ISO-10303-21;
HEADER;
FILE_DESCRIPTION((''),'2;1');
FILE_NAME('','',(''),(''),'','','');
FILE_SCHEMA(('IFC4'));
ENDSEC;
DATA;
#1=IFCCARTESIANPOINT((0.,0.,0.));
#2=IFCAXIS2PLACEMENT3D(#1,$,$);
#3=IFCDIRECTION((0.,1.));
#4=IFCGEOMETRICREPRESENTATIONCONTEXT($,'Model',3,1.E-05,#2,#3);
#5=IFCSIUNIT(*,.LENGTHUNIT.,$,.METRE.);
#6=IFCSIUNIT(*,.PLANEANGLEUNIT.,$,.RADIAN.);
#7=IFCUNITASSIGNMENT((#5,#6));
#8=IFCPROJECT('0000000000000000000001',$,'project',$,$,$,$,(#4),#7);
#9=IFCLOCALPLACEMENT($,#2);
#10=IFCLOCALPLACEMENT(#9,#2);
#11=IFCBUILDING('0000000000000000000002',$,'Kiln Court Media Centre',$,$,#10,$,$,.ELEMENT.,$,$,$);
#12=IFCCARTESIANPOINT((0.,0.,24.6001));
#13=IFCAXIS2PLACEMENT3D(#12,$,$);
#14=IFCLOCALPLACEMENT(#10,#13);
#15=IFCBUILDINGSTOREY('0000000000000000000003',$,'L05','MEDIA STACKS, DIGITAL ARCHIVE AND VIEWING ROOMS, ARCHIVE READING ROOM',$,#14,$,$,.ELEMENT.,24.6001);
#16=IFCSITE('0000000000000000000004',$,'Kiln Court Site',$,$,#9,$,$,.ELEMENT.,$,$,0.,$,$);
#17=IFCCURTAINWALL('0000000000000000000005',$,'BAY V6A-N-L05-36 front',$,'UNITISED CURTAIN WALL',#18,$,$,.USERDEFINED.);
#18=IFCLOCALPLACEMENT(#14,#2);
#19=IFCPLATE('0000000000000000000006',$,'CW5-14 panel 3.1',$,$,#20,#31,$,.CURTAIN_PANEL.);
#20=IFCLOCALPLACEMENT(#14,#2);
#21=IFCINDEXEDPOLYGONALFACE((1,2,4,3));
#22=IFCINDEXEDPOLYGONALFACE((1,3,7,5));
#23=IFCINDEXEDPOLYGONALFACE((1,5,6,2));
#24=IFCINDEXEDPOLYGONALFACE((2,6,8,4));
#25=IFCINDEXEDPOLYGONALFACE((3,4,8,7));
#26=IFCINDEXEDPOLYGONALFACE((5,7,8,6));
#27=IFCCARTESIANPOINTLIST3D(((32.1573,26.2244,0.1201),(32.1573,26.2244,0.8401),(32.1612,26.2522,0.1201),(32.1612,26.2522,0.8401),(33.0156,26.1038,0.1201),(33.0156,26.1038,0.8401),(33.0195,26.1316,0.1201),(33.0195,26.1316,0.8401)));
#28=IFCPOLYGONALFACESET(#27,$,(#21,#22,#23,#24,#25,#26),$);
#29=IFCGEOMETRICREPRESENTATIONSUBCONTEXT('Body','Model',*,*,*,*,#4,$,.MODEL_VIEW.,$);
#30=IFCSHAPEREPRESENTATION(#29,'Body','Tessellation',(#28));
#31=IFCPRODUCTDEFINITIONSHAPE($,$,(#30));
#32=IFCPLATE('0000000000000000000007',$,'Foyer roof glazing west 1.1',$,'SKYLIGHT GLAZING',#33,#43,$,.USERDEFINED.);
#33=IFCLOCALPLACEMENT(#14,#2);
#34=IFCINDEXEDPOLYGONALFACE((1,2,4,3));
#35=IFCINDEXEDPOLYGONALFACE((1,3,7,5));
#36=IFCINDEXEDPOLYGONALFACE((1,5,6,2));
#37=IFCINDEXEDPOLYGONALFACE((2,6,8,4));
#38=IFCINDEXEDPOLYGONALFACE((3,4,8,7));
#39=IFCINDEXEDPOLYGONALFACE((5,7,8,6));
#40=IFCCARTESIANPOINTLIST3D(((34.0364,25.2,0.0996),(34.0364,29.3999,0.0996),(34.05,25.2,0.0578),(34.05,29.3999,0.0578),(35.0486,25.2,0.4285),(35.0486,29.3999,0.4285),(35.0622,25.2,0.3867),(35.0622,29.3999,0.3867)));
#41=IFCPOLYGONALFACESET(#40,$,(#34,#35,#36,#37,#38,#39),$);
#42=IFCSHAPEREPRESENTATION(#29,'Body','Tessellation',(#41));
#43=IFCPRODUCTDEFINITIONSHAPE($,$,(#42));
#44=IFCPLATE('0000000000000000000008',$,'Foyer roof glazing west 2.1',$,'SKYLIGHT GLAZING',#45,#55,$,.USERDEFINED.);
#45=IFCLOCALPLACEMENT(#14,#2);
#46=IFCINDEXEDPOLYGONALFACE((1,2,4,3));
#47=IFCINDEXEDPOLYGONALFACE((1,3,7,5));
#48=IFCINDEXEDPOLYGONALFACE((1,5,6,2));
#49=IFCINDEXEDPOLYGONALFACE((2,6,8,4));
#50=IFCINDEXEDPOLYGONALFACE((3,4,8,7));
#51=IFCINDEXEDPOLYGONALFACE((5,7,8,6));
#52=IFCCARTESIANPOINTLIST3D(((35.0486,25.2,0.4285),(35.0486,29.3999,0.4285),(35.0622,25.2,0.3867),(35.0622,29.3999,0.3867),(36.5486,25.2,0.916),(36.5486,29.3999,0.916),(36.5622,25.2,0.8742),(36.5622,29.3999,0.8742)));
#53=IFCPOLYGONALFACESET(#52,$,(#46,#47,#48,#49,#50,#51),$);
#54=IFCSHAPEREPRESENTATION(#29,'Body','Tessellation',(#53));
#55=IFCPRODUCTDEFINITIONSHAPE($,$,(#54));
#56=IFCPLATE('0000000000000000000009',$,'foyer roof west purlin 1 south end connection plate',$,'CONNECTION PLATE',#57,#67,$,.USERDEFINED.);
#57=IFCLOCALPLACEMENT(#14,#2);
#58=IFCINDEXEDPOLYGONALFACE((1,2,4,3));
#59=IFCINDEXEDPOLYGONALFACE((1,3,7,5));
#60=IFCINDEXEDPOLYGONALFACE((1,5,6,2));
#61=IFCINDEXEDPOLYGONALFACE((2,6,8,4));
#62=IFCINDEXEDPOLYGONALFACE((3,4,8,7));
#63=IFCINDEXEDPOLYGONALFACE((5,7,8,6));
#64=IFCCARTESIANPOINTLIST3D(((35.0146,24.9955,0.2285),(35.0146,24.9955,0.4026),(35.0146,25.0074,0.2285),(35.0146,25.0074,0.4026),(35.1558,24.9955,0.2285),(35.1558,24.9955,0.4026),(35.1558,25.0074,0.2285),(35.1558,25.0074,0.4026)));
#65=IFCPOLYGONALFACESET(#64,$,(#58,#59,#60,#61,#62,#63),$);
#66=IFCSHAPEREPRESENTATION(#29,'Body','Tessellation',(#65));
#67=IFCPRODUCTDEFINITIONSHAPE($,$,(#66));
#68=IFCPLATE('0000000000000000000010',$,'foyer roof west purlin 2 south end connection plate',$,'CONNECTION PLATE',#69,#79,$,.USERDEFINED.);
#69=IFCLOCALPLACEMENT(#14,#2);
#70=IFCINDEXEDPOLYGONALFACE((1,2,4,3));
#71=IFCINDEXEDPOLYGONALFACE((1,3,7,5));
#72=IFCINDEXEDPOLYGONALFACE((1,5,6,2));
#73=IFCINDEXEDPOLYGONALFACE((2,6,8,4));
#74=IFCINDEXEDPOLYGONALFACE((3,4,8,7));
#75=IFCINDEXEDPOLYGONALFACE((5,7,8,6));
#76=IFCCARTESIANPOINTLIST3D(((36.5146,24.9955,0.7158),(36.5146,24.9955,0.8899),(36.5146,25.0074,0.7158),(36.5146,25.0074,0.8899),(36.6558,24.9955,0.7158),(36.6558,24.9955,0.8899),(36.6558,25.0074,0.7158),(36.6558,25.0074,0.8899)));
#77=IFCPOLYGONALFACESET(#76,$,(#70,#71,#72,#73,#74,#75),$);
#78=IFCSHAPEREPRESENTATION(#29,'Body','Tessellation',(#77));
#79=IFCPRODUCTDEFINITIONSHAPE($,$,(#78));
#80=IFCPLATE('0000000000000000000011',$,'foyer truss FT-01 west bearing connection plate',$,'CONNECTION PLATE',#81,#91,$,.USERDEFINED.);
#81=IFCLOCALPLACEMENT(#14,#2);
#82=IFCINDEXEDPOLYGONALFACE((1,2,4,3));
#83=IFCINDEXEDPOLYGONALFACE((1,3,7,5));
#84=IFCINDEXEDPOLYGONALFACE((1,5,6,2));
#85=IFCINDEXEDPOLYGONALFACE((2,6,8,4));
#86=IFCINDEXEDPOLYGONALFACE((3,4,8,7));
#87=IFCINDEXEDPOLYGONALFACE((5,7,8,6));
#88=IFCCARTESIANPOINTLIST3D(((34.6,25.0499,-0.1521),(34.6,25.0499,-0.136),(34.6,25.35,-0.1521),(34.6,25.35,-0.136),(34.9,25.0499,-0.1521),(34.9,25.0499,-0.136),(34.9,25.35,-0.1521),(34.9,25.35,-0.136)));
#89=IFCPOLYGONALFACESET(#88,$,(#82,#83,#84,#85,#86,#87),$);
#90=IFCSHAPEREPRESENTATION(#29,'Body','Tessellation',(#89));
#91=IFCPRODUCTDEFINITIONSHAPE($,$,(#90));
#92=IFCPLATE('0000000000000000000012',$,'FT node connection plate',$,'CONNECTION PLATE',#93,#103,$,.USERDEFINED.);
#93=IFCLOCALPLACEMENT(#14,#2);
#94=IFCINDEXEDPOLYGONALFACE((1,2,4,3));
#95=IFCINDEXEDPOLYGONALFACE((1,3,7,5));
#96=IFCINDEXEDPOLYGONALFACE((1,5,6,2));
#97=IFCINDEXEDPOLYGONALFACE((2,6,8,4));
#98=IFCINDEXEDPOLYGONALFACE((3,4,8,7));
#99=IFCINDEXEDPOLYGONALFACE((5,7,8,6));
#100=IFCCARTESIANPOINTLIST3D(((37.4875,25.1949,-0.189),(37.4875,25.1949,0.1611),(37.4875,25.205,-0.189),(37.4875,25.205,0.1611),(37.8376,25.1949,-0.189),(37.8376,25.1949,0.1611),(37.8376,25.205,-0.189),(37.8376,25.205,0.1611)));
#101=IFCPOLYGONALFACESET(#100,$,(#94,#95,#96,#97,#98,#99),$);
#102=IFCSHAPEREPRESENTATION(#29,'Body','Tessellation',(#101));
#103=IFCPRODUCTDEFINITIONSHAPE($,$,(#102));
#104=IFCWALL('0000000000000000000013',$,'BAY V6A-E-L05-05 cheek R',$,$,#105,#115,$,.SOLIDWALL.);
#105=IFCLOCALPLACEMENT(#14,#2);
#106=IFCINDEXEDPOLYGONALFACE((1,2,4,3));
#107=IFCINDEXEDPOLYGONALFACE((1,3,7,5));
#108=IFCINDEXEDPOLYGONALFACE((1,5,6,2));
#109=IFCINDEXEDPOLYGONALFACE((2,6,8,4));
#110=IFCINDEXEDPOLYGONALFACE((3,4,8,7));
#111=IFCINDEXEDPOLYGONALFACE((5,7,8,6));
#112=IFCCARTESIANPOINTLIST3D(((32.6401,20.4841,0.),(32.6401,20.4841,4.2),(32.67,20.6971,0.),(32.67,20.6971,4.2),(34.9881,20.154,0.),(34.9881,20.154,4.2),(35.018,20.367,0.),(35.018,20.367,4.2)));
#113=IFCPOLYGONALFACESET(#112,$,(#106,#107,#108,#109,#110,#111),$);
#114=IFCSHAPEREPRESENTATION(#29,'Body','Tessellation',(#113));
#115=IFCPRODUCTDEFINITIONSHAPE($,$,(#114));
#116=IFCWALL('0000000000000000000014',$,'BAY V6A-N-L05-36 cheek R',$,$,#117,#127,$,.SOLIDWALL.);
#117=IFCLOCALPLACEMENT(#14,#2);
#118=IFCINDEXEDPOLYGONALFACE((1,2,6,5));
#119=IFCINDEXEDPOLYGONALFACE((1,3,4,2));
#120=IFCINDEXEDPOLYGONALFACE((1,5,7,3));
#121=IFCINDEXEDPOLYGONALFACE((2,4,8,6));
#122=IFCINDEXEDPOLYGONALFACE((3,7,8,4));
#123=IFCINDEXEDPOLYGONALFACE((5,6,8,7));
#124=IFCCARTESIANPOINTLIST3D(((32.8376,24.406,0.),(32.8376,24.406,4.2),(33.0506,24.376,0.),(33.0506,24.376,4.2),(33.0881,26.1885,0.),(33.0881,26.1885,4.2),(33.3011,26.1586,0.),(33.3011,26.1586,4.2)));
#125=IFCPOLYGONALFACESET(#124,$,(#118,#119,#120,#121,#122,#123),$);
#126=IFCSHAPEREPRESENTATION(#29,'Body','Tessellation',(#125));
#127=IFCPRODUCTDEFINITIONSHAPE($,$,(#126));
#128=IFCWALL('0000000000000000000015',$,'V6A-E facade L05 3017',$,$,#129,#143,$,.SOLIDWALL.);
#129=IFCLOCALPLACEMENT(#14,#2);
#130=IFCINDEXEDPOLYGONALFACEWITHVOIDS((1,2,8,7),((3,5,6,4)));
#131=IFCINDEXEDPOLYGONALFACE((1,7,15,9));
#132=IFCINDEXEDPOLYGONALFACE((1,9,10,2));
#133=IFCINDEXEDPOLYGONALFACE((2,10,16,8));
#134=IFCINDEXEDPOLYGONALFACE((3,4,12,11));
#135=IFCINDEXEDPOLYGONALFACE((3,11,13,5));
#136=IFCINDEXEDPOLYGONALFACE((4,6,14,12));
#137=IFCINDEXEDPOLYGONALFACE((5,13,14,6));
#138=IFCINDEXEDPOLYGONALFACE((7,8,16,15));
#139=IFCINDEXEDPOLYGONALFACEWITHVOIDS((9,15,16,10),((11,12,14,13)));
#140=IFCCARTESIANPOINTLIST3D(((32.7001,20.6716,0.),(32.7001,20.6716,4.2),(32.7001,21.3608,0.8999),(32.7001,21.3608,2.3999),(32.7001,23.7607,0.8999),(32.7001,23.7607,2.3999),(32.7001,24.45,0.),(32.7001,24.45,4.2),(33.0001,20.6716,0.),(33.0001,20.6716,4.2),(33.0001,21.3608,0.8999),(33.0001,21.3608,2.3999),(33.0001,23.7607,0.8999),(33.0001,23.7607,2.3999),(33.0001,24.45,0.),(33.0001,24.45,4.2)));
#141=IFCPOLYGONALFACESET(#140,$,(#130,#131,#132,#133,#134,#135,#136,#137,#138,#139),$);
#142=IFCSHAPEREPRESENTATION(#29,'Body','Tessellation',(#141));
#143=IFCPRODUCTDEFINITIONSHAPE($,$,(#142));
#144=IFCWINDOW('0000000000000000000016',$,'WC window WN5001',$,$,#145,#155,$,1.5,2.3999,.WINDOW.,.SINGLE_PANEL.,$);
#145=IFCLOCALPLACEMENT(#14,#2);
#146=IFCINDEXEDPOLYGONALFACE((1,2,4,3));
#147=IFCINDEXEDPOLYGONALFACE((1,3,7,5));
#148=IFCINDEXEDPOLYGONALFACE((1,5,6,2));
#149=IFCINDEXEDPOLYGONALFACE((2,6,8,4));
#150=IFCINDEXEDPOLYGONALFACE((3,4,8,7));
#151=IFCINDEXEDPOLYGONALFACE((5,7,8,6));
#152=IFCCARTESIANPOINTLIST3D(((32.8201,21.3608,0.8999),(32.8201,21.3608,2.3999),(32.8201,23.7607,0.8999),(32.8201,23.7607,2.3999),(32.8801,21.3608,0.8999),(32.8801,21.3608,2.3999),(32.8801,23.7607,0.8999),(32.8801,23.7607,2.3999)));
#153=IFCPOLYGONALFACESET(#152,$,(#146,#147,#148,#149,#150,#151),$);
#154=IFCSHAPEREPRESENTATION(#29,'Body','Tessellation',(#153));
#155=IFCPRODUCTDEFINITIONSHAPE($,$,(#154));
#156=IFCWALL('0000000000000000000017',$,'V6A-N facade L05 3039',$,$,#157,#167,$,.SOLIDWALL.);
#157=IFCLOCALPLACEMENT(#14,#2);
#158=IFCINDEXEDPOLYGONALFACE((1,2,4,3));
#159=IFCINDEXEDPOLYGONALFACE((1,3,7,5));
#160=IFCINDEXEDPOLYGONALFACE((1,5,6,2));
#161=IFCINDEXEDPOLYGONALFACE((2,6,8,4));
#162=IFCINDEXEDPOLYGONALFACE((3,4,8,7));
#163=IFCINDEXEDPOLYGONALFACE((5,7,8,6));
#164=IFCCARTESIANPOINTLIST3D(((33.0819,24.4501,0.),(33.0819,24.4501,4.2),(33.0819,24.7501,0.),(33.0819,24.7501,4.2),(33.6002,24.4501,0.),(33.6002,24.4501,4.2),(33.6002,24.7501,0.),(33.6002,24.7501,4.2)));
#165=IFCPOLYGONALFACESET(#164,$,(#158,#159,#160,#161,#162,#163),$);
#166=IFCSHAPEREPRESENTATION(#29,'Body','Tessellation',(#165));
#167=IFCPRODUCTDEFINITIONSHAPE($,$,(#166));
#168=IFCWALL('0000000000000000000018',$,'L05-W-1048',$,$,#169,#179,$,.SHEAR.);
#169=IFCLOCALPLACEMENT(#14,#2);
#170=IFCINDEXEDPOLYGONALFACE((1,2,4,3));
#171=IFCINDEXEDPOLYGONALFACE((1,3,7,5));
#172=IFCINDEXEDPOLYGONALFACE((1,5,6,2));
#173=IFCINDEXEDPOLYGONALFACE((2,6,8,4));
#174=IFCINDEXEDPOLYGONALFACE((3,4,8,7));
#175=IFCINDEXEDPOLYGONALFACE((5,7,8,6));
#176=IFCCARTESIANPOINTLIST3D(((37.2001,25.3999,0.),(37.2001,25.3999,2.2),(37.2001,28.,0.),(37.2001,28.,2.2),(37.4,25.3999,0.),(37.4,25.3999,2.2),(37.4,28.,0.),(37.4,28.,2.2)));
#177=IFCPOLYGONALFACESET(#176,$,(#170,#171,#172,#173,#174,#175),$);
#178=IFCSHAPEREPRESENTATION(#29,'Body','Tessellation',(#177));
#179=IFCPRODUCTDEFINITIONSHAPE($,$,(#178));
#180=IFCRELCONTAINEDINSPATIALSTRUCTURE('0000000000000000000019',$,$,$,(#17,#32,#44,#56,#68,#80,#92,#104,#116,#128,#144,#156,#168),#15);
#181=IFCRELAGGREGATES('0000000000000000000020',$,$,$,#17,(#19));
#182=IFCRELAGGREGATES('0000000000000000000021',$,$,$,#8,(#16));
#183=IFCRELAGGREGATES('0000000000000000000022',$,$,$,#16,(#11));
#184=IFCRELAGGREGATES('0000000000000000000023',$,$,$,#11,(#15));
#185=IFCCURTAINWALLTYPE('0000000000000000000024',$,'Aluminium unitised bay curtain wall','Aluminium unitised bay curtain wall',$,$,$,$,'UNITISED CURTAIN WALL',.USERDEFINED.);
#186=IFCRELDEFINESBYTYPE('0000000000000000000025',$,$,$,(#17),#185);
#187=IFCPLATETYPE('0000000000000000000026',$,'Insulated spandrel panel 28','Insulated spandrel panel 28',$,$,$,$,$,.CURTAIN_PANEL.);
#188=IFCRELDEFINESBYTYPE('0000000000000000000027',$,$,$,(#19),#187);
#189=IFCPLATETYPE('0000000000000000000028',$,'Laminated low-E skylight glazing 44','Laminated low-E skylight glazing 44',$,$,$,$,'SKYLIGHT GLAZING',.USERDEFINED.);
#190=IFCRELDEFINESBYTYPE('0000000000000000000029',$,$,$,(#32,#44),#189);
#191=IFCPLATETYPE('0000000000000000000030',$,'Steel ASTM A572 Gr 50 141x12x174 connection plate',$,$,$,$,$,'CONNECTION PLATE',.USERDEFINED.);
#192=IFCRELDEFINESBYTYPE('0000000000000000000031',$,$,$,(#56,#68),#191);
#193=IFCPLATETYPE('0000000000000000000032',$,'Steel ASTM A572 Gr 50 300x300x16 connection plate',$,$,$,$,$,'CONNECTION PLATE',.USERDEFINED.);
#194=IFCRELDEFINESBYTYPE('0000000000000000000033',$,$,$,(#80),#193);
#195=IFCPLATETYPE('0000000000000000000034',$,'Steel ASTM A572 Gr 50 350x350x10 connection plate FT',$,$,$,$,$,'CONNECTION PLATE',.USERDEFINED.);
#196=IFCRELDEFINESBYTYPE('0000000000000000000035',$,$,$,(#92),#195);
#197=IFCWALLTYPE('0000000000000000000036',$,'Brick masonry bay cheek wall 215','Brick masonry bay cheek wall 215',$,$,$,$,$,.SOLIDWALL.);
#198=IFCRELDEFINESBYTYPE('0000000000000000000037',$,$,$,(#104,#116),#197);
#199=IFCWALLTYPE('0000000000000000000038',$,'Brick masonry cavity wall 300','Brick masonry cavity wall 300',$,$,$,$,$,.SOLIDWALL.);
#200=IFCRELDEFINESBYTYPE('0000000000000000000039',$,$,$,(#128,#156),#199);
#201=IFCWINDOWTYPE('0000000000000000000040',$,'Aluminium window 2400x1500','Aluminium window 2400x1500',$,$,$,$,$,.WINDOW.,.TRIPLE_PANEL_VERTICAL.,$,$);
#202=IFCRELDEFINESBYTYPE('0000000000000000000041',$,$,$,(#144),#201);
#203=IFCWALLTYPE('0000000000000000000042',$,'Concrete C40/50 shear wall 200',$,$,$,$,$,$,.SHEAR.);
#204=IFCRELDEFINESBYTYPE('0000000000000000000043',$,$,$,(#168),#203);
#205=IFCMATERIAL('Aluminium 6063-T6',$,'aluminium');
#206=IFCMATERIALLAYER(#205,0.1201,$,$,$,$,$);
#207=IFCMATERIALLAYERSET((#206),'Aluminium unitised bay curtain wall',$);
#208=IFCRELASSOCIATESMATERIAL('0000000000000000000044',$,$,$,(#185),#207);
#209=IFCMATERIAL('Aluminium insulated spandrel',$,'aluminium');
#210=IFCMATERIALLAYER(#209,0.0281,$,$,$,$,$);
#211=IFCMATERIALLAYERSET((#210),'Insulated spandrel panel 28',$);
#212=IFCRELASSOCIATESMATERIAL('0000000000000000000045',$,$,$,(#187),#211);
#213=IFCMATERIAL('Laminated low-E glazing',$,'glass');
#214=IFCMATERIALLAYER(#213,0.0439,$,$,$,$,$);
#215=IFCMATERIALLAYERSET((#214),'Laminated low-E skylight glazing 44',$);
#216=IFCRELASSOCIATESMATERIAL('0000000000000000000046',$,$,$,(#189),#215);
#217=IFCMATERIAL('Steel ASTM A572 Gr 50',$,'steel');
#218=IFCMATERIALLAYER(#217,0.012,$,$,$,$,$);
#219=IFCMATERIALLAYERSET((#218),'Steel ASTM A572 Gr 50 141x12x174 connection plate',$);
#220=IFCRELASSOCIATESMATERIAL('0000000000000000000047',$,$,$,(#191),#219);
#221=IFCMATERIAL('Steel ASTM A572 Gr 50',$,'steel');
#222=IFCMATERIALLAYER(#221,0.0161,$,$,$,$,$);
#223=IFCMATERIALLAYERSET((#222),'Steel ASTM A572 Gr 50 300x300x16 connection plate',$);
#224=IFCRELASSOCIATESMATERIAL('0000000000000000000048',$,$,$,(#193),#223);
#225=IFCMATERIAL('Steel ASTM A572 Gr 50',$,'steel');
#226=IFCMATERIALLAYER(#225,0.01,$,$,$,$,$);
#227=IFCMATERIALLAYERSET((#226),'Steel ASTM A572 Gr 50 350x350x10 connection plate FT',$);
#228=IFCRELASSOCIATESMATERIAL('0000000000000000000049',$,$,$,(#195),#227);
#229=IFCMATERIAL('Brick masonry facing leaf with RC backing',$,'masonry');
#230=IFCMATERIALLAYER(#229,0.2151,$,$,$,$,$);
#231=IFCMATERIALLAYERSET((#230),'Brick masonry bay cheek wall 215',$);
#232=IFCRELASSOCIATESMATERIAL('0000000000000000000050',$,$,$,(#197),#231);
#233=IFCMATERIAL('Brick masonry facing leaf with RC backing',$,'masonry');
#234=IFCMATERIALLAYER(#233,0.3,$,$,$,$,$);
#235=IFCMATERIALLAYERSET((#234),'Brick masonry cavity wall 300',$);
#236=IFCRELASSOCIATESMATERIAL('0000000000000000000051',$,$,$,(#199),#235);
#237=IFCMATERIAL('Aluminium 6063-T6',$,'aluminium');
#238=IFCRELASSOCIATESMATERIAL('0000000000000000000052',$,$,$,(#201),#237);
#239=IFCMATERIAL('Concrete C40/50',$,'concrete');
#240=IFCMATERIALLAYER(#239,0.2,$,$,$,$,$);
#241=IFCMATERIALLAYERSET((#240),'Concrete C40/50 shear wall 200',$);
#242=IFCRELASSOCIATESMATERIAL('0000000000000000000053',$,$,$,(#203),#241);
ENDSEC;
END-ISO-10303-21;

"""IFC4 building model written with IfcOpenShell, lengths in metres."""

from ifc_helpers import new_model, si_unit, direction, frame, frame_2d, origin, origin_2d, place, context, subcontext, project, spatial, polyline, rectangle, outline, extrude, material, layer, layer_set, type_object, element, fill, aggregate, save


model = new_model("IFC4")

# Units and contexts
model_context = context("Model", 3, precision=1e-05, world=origin(), true_north=direction((0.0, 1.0)))
body_context = subcontext(model_context, "Body", "Model", "MODEL_VIEW")
ifc_project = project(units=[si_unit("LENGTHUNIT", "METRE"), si_unit("PLANEANGLEUNIT", "RADIAN")], contexts=[model_context])

# Site, building, storey
site_placement = place(None, origin())
site = spatial("IfcSite", under=ifc_project, at=site_placement, Name="Kiln Court Site", CompositionType="ELEMENT", RefElevation=0.0)
building_placement = place(site_placement, origin())
building = spatial("IfcBuilding", under=site, at=building_placement, Name="Kiln Court Media Centre", CompositionType="ELEMENT")
storey_placement = place(building_placement, frame((0.0, 0.0, 24.6001)))
storey = spatial("IfcBuildingStorey", under=building, at=storey_placement, Name="L05", Description="MEDIA STACKS, DIGITAL ARCHIVE AND VIEWING ROOMS, ARCHIVE READING ROOM", CompositionType="ELEMENT", Elevation=24.6001)

# Curtain wall
ifc_material_1 = material(Name="Aluminium 6063-T6", Category="aluminium")
ifc_layer_1 = layer(ifc_material_1, 0.1201)
ifc_layer_set_1 = layer_set([ifc_layer_1], Name="Aluminium unitised bay curtain wall")
curtain_wall_type = type_object("IfcCurtainWallType", Name="Aluminium unitised bay curtain wall", Description="Aluminium unitised bay curtain wall", ElementType="UNITISED CURTAIN WALL", PredefinedType="USERDEFINED", material=ifc_layer_set_1)
curtain_wall_1_placement = place(storey_placement, origin())
curtain_wall_1 = element("IfcCurtainWall", 1, at=curtain_wall_1_placement, inside=storey, type_object=curtain_wall_type, Name="BAY V6A-N-L05-36 front", ObjectType="UNITISED CURTAIN WALL", PredefinedType="USERDEFINED")

# Plate
ifc_material_2 = material(Name="Aluminium insulated spandrel", Category="aluminium")
ifc_layer_2 = layer(ifc_material_2, 0.0281)
ifc_layer_set_2 = layer_set([ifc_layer_2], Name="Insulated spandrel panel 28")
plate_type_1 = type_object("IfcPlateType", Name="Insulated spandrel panel 28", Description="Insulated spandrel panel 28", PredefinedType="CURTAIN_PANEL", material=ifc_layer_set_2)
plate_1_placement = place(storey_placement, frame((32.5884, 26.178, 0.1201), z_axis=(0.0, 0.0, 1.0), x_axis=(0.99027, -0.139162, 0.0)))
plate_1 = element("IfcPlate", 2, at=plate_1_placement, type_object=plate_type_1, Name="CW5-14 panel 3.1", PredefinedType="CURTAIN_PANEL", context=body_context, shape_type="SweptSolid", body=[
    extrude(rectangle(XDim=0.8667, YDim=0.0281, at=origin_2d()), origin(), (0.0, 0.0, 1.0), 0.72),
])
aggregate(curtain_wall_1, [plate_1])

# Plates
ifc_material_3 = material(Name="Laminated low-E glazing", Category="glass")
ifc_layer_3 = layer(ifc_material_3, 0.0439)
ifc_layer_set_3 = layer_set([ifc_layer_3], Name="Laminated low-E skylight glazing 44")
plate_type_2 = type_object("IfcPlateType", Name="Laminated low-E skylight glazing 44", Description="Laminated low-E skylight glazing 44", ElementType="SKYLIGHT GLAZING", PredefinedType="USERDEFINED", material=ifc_layer_set_3)
plate_2_placement = place(storey_placement, frame((34.0364, 25.2, 0.0996), z_axis=(-0.308993, 0.0, 0.951064), x_axis=(0.951064, 0.0, 0.308993)))
element("IfcPlate", 3, at=plate_2_placement, inside=storey, type_object=plate_type_2, Name="Foyer roof glazing west 1.1", ObjectType="SKYLIGHT GLAZING", PredefinedType="USERDEFINED", context=body_context, shape_type="SweptSolid", body=[
    extrude(outline(polyline([(0.0, 0.0), (1.0643, 0.0), (1.0643, 4.2), (0.0, 4.2), (0.0, 0.0)])), origin(), (0.0, 0.0, -1.0), 0.0439),
])
plate_3_placement = place(storey_placement, frame((35.0486, 25.2, 0.4285), z_axis=(-0.309114, 0.0, 0.951025), x_axis=(0.951025, 0.0, 0.309114)))
element("IfcPlate", 4, at=plate_3_placement, inside=storey, type_object=plate_type_2, Name="Foyer roof glazing west 2.1", ObjectType="SKYLIGHT GLAZING", PredefinedType="USERDEFINED", context=body_context, shape_type="SweptSolid", body=[
    extrude(outline(polyline([(0.0, 0.0), (1.5772, 0.0), (1.5772, 4.2), (0.0, 4.2), (0.0, 0.0)])), origin(), (0.0, 0.0, -1.0), 0.0439),
])
ifc_material_4 = material(Name="Steel ASTM A572 Gr 50", Category="steel")
ifc_layer_4 = layer(ifc_material_4, 0.012)
ifc_layer_set_4 = layer_set([ifc_layer_4], Name="Steel ASTM A572 Gr 50 141x12x174 connection plate")
plate_type_3 = type_object("IfcPlateType", Name="Steel ASTM A572 Gr 50 141x12x174 connection plate", ElementType="CONNECTION PLATE", PredefinedType="USERDEFINED", material=ifc_layer_set_4)
for number, where, z_axis, x_axis, name in (
    (5, (35.0852, 25.0015, 0.2285), (0.0, 0.0, 1.0), (1.0, 0.0, 0.0), "foyer roof west purlin 1 south end connection plate"),
    (6, (36.5852, 25.0015, 0.7158), (0.0, 0.0, 1.0), (1.0, 0.0, 0.0), "foyer roof west purlin 2 south end connection plate"),
):
    element("IfcPlate", number, at=place(storey_placement, frame(where, z_axis=z_axis, x_axis=x_axis)), inside=storey, type_object=plate_type_3, Name=name, ObjectType="CONNECTION PLATE", PredefinedType="USERDEFINED", context=body_context, shape_type="SweptSolid", body=[
        extrude(rectangle(XDim=0.1411, YDim=0.012, at=origin_2d()), origin(), (0.0, 0.0, 1.0), 0.1741),
    ])
ifc_material_5 = material(Name="Steel ASTM A572 Gr 50", Category="steel")
ifc_layer_5 = layer(ifc_material_5, 0.0161)
ifc_layer_set_5 = layer_set([ifc_layer_5], Name="Steel ASTM A572 Gr 50 300x300x16 connection plate")
plate_type_4 = type_object("IfcPlateType", Name="Steel ASTM A572 Gr 50 300x300x16 connection plate", ElementType="CONNECTION PLATE", PredefinedType="USERDEFINED", material=ifc_layer_set_5)
plate_4_placement = place(storey_placement, frame((34.75, 25.2, -0.1521), z_axis=(0.0, 0.0, 1.0), x_axis=(1.0, 0.0, 0.0)))
element("IfcPlate", 7, at=plate_4_placement, inside=storey, type_object=plate_type_4, Name="foyer truss FT-01 west bearing connection plate", ObjectType="CONNECTION PLATE", PredefinedType="USERDEFINED", context=body_context, shape_type="SweptSolid", body=[
    extrude(rectangle(XDim=0.3, YDim=0.3, at=origin_2d()), origin(), (0.0, 0.0, 1.0), 0.0161),
])
ifc_material_6 = material(Name="Steel ASTM A572 Gr 50", Category="steel")
ifc_layer_6 = layer(ifc_material_6, 0.01)
ifc_layer_set_6 = layer_set([ifc_layer_6], Name="Steel ASTM A572 Gr 50 350x350x10 connection plate FT")
plate_type_5 = type_object("IfcPlateType", Name="Steel ASTM A572 Gr 50 350x350x10 connection plate FT", ElementType="CONNECTION PLATE", PredefinedType="USERDEFINED", material=ifc_layer_set_6)
plate_5_placement = place(storey_placement, frame((37.6626, 25.2, -0.189), z_axis=(0.0, 0.0, 1.0), x_axis=(1.0, 0.0, 0.0)))
element("IfcPlate", 8, at=plate_5_placement, inside=storey, type_object=plate_type_5, Name="FT node connection plate", ObjectType="CONNECTION PLATE", PredefinedType="USERDEFINED", context=body_context, shape_type="SweptSolid", body=[
    extrude(rectangle(XDim=0.3501, YDim=0.01, at=origin_2d()), origin(), (0.0, 0.0, 1.0), 0.3501),
])

# Walls
ifc_material_7 = material(Name="Brick masonry facing leaf with RC backing", Category="masonry")
ifc_layer_7 = layer(ifc_material_7, 0.2151)
ifc_layer_set_7 = layer_set([ifc_layer_7], Name="Brick masonry bay cheek wall 215")
wall_type_1 = type_object("IfcWallType", Name="Brick masonry bay cheek wall 215", Description="Brick masonry bay cheek wall 215", PredefinedType="SOLIDWALL", material=ifc_layer_set_7)
wall_1_placement = place(storey_placement, frame((32.655, 20.5906, 0.0), z_axis=(0.0, 0.0, 1.0), x_axis=(0.990262, -0.139215, 0.0)))
element("IfcWall", 9, at=wall_1_placement, inside=storey, type_object=wall_type_1, Name="BAY V6A-E-L05-05 cheek R", PredefinedType="SOLIDWALL", context=body_context, shape_type="SweptSolid", body=[
    extrude(rectangle(XDim=2.3711, YDim=0.2151, at=frame_2d((1.1855, 0.0))), origin(), (0.0, 0.0, 1.0), 4.2),
])
wall_2_placement = place(storey_placement, frame((32.9441, 24.3911, 0.0), z_axis=(0.0, 0.0, 1.0), x_axis=(0.139161, 0.99027, 0.0)))
element("IfcWall", 10, at=wall_2_placement, inside=storey, type_object=wall_type_1, Name="BAY V6A-N-L05-36 cheek R", PredefinedType="SOLIDWALL", context=body_context, shape_type="SweptSolid", body=[
    extrude(rectangle(XDim=1.8, YDim=0.2151, at=frame_2d((0.8999, 0.0))), origin(), (0.0, 0.0, 1.0), 4.2),
])

# Wall, opening, window
ifc_material_8 = material(Name="Brick masonry facing leaf with RC backing", Category="masonry")
ifc_layer_8 = layer(ifc_material_8, 0.3)
ifc_layer_set_8 = layer_set([ifc_layer_8], Name="Brick masonry cavity wall 300")
wall_type_2 = type_object("IfcWallType", Name="Brick masonry cavity wall 300", Description="Brick masonry cavity wall 300", PredefinedType="SOLIDWALL", material=ifc_layer_set_8)
wall_3_placement = place(storey_placement, frame((32.8501, 24.45, 0.0), z_axis=(0.0, 0.0, 1.0), x_axis=(0.0, -1.0, 0.0)))
wall_3 = element("IfcWall", 11, at=wall_3_placement, inside=storey, type_object=wall_type_2, Name="V6A-E facade L05 3017", PredefinedType="SOLIDWALL", context=body_context, shape_type="SweptSolid", body=[
    extrude(rectangle(XDim=3.7783, YDim=0.3, at=frame_2d((1.8892, 0.0))), origin(), (0.0, 0.0, 1.0), 4.2),
])
opening_placement = place(wall_3_placement, frame((0.6892, 0.0, 0.8999)))
opening = element("IfcOpeningElement", 12, at=opening_placement, cuts=wall_3, PredefinedType="OPENING", context=body_context, shape_type="SweptSolid", body=[
    extrude(rectangle(XDim=2.3999, YDim=1.5, at=frame_2d((1.2, 0.75))), frame((0.0, 0.1599, 0.0), z_axis=(0.0, -1.0, 0.0), x_axis=(1.0, 0.0, 0.0)), (0.0, 0.0, 1.0), 0.3201),
])
ifc_material_9 = material(Name="Aluminium 6063-T6", Category="aluminium")
window_type = type_object("IfcWindowType", Name="Aluminium window 2400x1500", Description="Aluminium window 2400x1500", PartitioningType="TRIPLE_PANEL_VERTICAL", PredefinedType="WINDOW", material=ifc_material_9)
window_placement = place(opening_placement, origin())
window = element("IfcWindow", 13, at=window_placement, inside=storey, type_object=window_type, Name="WC window WN5001", OverallHeight=1.5, OverallWidth=2.3999, PartitioningType="SINGLE_PANEL", PredefinedType="WINDOW", context=body_context, shape_type="SweptSolid", body=[
    extrude(rectangle(XDim=2.3999, YDim=1.5, at=frame_2d((1.2, 0.75))), frame((0.0, 0.03, 0.0), z_axis=(0.0, -1.0, 0.0), x_axis=(1.0, 0.0, 0.0)), (0.0, 0.0, 1.0), 0.0601),
])
fill(opening, window)

# Walls
wall_4_placement = place(storey_placement, frame((33.0818, 24.6001, 0.0), z_axis=(0.0, 0.0, 1.0), x_axis=(1.0, 0.0, 0.0)))
element("IfcWall", 14, at=wall_4_placement, inside=storey, type_object=wall_type_2, Name="V6A-N facade L05 3039", PredefinedType="SOLIDWALL", context=body_context, shape_type="SweptSolid", body=[
    extrude(rectangle(XDim=0.5183, YDim=0.3, at=frame_2d((0.2593, 0.0))), origin(), (0.0, 0.0, 1.0), 4.2),
])
ifc_material_10 = material(Name="Concrete C40/50", Category="concrete")
ifc_layer_9 = layer(ifc_material_10, 0.2)
ifc_layer_set_9 = layer_set([ifc_layer_9], Name="Concrete C40/50 shear wall 200")
wall_type_3 = type_object("IfcWallType", Name="Concrete C40/50 shear wall 200", PredefinedType="SHEAR", material=ifc_layer_set_9)
wall_5_placement = place(storey_placement, frame((37.3, 25.3999, 0.0), z_axis=(0.0, 0.0, 1.0), x_axis=(0.0, 1.0, 0.0)))
element("IfcWall", 15, at=wall_5_placement, inside=storey, type_object=wall_type_3, Name="L05-W-1048", PredefinedType="SHEAR", context=body_context, shape_type="SweptSolid", body=[
    extrude(rectangle(XDim=2.6001, YDim=0.2, at=frame_2d((1.3, 0.0))), origin(), (0.0, 0.0, 1.0), 2.2),
])

save(model, "model.ifc")
